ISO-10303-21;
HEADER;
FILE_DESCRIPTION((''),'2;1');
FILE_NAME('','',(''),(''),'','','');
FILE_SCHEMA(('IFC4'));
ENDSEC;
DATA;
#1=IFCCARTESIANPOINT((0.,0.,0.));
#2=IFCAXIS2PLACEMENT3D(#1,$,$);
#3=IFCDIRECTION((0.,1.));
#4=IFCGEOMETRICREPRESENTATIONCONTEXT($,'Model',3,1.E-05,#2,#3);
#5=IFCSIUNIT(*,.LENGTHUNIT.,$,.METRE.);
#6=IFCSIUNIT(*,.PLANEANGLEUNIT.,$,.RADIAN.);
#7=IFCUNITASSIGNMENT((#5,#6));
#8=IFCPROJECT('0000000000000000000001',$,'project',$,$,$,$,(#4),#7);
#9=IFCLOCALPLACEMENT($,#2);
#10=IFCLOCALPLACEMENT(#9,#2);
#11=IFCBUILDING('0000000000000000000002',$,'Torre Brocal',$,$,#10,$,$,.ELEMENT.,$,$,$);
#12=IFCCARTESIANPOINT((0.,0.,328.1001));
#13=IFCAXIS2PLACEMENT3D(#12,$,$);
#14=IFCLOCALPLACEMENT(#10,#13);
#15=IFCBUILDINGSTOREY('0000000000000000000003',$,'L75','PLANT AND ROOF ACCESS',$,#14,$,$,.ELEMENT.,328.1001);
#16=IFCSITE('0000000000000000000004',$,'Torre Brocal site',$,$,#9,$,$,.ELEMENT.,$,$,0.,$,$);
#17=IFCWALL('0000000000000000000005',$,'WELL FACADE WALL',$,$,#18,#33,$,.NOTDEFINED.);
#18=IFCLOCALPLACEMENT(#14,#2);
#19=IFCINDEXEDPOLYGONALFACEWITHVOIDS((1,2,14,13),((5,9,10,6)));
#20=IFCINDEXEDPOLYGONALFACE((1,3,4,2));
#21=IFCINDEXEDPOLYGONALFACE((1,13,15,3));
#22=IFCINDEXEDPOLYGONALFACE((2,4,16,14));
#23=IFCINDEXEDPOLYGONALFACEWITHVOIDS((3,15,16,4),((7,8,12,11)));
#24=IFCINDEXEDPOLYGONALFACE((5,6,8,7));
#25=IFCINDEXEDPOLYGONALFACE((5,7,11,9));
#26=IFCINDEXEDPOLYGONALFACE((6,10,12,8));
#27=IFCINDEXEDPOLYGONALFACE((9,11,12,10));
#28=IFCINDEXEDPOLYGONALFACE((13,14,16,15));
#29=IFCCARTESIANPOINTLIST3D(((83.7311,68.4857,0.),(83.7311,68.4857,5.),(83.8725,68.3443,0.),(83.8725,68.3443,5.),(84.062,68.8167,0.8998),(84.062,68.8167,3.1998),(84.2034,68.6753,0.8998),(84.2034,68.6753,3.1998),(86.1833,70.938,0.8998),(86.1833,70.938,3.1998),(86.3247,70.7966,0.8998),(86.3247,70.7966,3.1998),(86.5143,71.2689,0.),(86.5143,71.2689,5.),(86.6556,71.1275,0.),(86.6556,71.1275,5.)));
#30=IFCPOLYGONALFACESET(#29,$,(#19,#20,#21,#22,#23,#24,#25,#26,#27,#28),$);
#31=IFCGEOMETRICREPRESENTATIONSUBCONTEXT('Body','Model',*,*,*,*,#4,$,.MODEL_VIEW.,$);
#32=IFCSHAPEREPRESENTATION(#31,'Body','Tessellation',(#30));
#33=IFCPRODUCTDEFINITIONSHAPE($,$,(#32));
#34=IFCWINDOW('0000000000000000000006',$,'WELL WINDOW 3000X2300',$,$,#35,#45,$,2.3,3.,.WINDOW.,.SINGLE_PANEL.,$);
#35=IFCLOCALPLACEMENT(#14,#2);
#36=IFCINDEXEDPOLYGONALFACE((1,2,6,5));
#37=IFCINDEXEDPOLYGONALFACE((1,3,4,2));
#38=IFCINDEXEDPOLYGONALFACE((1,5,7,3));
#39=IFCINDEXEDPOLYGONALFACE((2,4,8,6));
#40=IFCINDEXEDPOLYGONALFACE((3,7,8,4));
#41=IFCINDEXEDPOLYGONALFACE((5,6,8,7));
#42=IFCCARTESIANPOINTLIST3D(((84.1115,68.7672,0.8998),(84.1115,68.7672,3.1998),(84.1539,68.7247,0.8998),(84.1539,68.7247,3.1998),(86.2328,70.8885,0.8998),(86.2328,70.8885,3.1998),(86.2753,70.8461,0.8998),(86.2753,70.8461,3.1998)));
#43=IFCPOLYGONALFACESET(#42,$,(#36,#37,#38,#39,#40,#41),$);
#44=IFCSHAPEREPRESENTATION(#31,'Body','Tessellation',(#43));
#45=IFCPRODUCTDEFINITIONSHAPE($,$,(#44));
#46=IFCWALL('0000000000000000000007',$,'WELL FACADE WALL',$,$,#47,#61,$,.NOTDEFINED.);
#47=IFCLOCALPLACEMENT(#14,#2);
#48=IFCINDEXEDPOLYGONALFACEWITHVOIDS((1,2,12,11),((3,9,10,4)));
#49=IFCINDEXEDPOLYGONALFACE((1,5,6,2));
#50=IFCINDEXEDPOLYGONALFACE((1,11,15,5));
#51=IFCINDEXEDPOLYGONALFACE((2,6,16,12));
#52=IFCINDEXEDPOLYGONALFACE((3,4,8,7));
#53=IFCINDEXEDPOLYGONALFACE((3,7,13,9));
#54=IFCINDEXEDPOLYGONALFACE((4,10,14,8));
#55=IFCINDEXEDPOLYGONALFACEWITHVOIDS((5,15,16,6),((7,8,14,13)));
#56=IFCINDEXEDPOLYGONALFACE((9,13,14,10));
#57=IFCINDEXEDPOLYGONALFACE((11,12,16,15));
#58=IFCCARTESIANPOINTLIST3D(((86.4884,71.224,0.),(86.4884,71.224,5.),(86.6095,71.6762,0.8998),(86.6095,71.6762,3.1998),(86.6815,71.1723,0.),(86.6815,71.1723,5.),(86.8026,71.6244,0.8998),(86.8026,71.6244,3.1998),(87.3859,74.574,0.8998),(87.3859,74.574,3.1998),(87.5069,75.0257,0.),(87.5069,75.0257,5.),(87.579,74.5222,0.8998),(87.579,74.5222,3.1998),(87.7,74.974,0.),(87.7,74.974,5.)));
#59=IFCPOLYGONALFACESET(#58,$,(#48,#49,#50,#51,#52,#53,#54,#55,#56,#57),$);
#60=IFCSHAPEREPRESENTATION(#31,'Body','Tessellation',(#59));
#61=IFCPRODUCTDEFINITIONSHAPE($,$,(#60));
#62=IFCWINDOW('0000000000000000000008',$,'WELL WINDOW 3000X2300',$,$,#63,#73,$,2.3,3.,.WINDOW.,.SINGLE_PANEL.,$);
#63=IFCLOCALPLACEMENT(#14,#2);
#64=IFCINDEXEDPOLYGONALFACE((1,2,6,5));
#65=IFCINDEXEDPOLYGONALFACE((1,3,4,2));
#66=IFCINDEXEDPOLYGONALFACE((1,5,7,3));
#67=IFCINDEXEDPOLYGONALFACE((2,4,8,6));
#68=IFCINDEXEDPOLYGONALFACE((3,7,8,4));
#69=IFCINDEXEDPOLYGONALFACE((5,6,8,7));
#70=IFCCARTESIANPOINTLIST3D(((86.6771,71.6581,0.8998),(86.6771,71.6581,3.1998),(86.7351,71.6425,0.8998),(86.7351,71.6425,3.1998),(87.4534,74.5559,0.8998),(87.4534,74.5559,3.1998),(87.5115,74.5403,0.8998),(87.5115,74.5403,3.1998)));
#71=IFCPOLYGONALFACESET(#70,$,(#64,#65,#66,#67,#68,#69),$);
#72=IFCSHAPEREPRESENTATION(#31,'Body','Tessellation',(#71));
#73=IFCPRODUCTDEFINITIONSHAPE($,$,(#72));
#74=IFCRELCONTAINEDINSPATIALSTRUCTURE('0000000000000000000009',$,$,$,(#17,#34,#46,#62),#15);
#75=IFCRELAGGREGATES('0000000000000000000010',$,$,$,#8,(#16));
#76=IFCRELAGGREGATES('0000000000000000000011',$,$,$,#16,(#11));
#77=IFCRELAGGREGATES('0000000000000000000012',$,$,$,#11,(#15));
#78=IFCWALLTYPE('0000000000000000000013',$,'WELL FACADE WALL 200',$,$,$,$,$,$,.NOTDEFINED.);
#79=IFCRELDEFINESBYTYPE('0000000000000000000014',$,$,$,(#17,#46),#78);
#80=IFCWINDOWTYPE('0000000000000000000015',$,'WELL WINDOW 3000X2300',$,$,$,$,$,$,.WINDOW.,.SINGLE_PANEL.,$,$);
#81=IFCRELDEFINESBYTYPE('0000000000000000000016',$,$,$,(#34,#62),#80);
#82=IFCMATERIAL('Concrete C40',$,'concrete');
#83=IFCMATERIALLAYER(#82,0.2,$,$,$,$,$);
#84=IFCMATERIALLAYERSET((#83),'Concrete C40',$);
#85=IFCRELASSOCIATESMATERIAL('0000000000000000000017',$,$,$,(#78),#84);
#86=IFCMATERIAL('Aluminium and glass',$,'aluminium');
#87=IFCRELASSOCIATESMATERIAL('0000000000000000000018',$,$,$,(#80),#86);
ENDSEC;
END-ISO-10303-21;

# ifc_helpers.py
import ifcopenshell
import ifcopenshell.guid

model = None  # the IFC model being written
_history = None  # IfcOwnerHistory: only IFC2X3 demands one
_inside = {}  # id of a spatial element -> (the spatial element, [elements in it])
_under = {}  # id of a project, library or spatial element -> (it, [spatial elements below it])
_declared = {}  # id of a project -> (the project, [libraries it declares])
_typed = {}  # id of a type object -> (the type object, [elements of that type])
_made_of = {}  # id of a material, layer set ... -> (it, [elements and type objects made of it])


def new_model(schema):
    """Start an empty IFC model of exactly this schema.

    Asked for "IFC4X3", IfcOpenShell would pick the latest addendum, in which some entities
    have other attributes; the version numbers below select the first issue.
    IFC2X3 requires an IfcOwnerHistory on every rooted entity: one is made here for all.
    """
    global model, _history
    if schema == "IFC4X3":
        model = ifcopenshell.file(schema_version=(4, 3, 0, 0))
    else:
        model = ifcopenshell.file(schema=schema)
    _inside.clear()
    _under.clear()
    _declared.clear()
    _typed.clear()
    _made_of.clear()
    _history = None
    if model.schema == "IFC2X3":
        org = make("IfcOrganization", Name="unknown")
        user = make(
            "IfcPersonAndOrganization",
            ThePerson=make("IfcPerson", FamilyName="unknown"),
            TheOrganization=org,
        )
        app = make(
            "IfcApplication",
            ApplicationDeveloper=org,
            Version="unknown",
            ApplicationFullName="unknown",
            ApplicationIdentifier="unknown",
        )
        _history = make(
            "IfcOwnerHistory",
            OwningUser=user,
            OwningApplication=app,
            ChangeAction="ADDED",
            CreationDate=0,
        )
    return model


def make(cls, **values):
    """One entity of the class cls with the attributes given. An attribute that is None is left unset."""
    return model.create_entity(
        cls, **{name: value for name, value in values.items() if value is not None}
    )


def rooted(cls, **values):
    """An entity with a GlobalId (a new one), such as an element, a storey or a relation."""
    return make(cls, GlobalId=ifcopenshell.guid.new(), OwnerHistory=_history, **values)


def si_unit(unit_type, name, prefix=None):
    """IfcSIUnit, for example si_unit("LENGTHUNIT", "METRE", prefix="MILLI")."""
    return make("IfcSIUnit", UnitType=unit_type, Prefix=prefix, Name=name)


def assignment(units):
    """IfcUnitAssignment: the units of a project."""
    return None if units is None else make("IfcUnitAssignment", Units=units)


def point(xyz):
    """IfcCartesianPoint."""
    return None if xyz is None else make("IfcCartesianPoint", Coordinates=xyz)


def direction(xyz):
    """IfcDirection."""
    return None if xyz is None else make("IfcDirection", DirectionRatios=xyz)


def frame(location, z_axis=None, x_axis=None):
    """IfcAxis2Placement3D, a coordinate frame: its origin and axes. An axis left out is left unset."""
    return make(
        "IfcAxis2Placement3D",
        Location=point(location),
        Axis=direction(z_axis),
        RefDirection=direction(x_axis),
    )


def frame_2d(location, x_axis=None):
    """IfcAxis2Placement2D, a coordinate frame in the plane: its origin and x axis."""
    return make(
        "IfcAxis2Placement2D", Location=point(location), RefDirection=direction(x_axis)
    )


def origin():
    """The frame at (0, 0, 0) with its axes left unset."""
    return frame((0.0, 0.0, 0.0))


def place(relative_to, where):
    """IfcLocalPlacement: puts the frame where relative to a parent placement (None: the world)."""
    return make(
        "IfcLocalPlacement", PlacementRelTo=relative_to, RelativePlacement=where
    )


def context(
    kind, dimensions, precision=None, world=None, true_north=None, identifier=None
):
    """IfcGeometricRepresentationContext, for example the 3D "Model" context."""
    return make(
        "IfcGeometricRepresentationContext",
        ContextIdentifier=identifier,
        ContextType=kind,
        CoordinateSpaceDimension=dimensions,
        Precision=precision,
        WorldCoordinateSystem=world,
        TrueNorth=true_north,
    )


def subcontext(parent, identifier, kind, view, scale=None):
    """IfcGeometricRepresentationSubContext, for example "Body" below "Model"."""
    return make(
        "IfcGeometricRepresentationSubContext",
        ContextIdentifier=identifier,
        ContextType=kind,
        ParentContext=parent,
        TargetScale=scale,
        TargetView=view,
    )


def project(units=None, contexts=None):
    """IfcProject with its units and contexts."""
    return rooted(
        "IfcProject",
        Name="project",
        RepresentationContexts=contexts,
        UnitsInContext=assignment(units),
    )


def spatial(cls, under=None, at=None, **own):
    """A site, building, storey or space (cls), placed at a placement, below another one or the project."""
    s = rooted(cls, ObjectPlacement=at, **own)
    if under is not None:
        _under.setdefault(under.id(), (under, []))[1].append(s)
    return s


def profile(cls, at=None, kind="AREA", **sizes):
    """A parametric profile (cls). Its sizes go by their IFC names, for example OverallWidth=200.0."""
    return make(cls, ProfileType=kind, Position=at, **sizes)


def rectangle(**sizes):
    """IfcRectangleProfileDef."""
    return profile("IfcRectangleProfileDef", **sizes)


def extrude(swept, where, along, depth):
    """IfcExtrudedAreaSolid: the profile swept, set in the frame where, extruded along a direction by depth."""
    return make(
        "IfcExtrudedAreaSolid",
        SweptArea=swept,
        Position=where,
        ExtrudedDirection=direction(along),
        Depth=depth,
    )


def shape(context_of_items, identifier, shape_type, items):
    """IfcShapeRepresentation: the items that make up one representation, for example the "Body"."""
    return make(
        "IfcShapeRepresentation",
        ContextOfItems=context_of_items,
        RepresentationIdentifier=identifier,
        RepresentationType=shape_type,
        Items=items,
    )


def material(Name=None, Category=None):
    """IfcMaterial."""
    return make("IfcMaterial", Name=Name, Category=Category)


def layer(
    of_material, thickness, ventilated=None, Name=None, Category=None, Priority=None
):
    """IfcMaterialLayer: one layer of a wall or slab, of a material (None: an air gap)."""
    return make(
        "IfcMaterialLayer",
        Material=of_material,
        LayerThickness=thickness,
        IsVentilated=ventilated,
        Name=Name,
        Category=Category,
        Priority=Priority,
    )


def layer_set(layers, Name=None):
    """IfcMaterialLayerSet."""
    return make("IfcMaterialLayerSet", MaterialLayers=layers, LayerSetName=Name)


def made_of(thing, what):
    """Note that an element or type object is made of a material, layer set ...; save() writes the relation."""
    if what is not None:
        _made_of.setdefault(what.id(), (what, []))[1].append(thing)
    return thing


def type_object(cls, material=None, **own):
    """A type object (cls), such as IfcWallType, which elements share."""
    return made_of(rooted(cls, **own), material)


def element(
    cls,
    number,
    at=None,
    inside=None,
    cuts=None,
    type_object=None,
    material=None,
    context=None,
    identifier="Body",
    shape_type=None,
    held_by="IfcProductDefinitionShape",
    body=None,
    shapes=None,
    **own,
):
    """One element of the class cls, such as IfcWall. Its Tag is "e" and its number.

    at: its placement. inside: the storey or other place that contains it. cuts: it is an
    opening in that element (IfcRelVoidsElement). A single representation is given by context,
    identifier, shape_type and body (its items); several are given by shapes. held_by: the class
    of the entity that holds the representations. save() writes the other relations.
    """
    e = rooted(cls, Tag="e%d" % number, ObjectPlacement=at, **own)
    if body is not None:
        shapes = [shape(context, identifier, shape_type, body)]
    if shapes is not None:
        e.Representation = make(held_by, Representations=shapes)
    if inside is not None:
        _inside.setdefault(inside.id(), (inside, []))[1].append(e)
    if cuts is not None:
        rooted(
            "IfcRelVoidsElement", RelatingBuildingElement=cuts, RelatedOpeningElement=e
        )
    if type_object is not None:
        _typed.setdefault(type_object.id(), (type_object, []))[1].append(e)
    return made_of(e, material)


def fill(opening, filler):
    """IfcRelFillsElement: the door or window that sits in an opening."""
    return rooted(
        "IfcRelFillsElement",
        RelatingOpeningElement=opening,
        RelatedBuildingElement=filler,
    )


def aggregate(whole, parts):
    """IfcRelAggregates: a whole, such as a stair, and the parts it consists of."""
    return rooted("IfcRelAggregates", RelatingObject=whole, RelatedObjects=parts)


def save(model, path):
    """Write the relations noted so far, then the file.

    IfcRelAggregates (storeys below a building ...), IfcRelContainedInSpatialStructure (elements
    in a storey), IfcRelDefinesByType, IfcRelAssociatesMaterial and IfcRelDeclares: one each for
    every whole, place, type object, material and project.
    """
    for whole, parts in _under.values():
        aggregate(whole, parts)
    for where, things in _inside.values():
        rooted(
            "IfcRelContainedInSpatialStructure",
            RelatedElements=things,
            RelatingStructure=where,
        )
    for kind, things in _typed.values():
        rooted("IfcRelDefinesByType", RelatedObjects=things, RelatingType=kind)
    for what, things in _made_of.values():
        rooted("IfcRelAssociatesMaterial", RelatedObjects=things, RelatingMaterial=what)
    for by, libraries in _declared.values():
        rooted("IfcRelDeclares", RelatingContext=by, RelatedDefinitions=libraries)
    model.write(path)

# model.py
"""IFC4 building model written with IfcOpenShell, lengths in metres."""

from ifc_helpers import new_model, si_unit, direction, frame, frame_2d, origin, place, context, subcontext, project, spatial, rectangle, extrude, material, layer, layer_set, type_object, element, fill, save


model = new_model("IFC4")

# Units and contexts
model_context = context("Model", 3, precision=1e-05, world=origin(), true_north=direction((0.0, 1.0)))
body_context = subcontext(model_context, "Body", "Model", "MODEL_VIEW")
ifc_project = project(units=[si_unit("LENGTHUNIT", "METRE"), si_unit("PLANEANGLEUNIT", "RADIAN")], contexts=[model_context])

# Site, building, storey
site_placement = place(None, origin())
site = spatial("IfcSite", under=ifc_project, at=site_placement, Name="Torre Brocal site", CompositionType="ELEMENT", RefElevation=0.0)
building_placement = place(site_placement, origin())
building = spatial("IfcBuilding", under=site, at=building_placement, Name="Torre Brocal", CompositionType="ELEMENT")
storey_placement = place(building_placement, frame((0.0, 0.0, 328.1001)))
storey = spatial("IfcBuildingStorey", under=building, at=storey_placement, Name="L75", Description="PLANT AND ROOF ACCESS", CompositionType="ELEMENT", Elevation=328.1001)

# Walls, openings, windows
ifc_material_1 = material(Name="Concrete C40", Category="concrete")
ifc_layer_1 = layer(ifc_material_1, 0.2)
ifc_layer_set_1 = layer_set([ifc_layer_1], Name="Concrete C40")
wall_type_1 = type_object("IfcWallType", Name="WELL FACADE WALL 200", PredefinedType="NOTDEFINED", material=ifc_layer_set_1)
ifc_material_2 = material(Name="Aluminium and glass", Category="aluminium")
window_type = type_object("IfcWindowType", Name="WELL WINDOW 3000X2300", PartitioningType="SINGLE_PANEL", PredefinedType="WINDOW", material=ifc_material_2)
wall_1_placement = place(storey_placement, frame((83.8018, 68.415, 0.0), z_axis=(0.0, 0.0, 1.0), x_axis=(0.707107, 0.707107, 0.0)))
wall_1 = element("IfcWall", 1, at=wall_1_placement, inside=storey, type_object=wall_type_1, Name="WELL FACADE WALL", PredefinedType="NOTDEFINED", context=body_context, shape_type="SweptSolid", body=[
    extrude(rectangle(XDim=3.936, YDim=0.2, at=frame_2d((1.968, 0.0))), origin(), (0.0, 0.0, 1.0), 5.0),
])
opening_1_placement = place(wall_1_placement, frame((0.468, 0.0, 0.8999)))
opening_1 = element("IfcOpeningElement", 2, at=opening_1_placement, cuts=wall_1, PredefinedType="OPENING", context=body_context, shape_type="SweptSolid", body=[
    extrude(rectangle(XDim=3.0, YDim=2.3, at=frame_2d((1.5, 1.1499))), frame((0.0, 0.1099, 0.0), z_axis=(0.0, -1.0, 0.0), x_axis=(1.0, 0.0, 0.0)), (0.0, 0.0, 1.0), 0.22),
])
window_1_placement = place(opening_1_placement, origin())
window_1 = element("IfcWindow", 3, at=window_1_placement, inside=storey, type_object=window_type, Name="WELL WINDOW 3000X2300", OverallHeight=2.3, OverallWidth=3.0, PartitioningType="SINGLE_PANEL", PredefinedType="WINDOW", context=body_context, shape_type="SweptSolid", body=[
    extrude(rectangle(XDim=3.0, YDim=2.3, at=frame_2d((1.5, 1.1499))), frame((0.0, 0.03, 0.0), z_axis=(0.0, -1.0, 0.0), x_axis=(1.0, 0.0, 0.0)), (0.0, 0.0, 1.0), 0.0601),
])
fill(opening_1, window_1)
wall_2_placement = place(storey_placement, frame((86.585, 71.1982, 0.0), z_axis=(0.0, 0.0, 1.0), x_axis=(0.25879, 0.965934, 0.0)))
wall_2 = element("IfcWall", 4, at=wall_2_placement, inside=storey, type_object=wall_type_1, Name="WELL FACADE WALL", PredefinedType="NOTDEFINED", context=body_context, shape_type="SweptSolid", body=[
    extrude(rectangle(XDim=3.9358, YDim=0.2, at=frame_2d((1.9678, 0.0))), origin(), (0.0, 0.0, 1.0), 5.0),
])
opening_2_placement = place(wall_2_placement, frame((0.468, 0.0, 0.8999)))
opening_2 = element("IfcOpeningElement", 5, at=opening_2_placement, cuts=wall_2, PredefinedType="OPENING", context=body_context, shape_type="SweptSolid", body=[
    extrude(rectangle(XDim=3.0, YDim=2.3, at=frame_2d((1.5, 1.1499))), frame((0.0, 0.1099, 0.0), z_axis=(0.0, -1.0, 0.0), x_axis=(1.0, 0.0, 0.0)), (0.0, 0.0, 1.0), 0.22),
])
window_2_placement = place(opening_2_placement, origin())
window_2 = element("IfcWindow", 6, at=window_2_placement, inside=storey, type_object=window_type, Name="WELL WINDOW 3000X2300", OverallHeight=2.3, OverallWidth=3.0, PartitioningType="SINGLE_PANEL", PredefinedType="WINDOW", context=body_context, shape_type="SweptSolid", body=[
    extrude(rectangle(XDim=3.0, YDim=2.3, at=frame_2d((1.5, 1.1499))), frame((0.0, 0.03, 0.0), z_axis=(0.0, -1.0, 0.0), x_axis=(1.0, 0.0, 0.0)), (0.0, 0.0, 1.0), 0.0601),
])
fill(opening_2, window_2)

save(model, "model.ifc")
